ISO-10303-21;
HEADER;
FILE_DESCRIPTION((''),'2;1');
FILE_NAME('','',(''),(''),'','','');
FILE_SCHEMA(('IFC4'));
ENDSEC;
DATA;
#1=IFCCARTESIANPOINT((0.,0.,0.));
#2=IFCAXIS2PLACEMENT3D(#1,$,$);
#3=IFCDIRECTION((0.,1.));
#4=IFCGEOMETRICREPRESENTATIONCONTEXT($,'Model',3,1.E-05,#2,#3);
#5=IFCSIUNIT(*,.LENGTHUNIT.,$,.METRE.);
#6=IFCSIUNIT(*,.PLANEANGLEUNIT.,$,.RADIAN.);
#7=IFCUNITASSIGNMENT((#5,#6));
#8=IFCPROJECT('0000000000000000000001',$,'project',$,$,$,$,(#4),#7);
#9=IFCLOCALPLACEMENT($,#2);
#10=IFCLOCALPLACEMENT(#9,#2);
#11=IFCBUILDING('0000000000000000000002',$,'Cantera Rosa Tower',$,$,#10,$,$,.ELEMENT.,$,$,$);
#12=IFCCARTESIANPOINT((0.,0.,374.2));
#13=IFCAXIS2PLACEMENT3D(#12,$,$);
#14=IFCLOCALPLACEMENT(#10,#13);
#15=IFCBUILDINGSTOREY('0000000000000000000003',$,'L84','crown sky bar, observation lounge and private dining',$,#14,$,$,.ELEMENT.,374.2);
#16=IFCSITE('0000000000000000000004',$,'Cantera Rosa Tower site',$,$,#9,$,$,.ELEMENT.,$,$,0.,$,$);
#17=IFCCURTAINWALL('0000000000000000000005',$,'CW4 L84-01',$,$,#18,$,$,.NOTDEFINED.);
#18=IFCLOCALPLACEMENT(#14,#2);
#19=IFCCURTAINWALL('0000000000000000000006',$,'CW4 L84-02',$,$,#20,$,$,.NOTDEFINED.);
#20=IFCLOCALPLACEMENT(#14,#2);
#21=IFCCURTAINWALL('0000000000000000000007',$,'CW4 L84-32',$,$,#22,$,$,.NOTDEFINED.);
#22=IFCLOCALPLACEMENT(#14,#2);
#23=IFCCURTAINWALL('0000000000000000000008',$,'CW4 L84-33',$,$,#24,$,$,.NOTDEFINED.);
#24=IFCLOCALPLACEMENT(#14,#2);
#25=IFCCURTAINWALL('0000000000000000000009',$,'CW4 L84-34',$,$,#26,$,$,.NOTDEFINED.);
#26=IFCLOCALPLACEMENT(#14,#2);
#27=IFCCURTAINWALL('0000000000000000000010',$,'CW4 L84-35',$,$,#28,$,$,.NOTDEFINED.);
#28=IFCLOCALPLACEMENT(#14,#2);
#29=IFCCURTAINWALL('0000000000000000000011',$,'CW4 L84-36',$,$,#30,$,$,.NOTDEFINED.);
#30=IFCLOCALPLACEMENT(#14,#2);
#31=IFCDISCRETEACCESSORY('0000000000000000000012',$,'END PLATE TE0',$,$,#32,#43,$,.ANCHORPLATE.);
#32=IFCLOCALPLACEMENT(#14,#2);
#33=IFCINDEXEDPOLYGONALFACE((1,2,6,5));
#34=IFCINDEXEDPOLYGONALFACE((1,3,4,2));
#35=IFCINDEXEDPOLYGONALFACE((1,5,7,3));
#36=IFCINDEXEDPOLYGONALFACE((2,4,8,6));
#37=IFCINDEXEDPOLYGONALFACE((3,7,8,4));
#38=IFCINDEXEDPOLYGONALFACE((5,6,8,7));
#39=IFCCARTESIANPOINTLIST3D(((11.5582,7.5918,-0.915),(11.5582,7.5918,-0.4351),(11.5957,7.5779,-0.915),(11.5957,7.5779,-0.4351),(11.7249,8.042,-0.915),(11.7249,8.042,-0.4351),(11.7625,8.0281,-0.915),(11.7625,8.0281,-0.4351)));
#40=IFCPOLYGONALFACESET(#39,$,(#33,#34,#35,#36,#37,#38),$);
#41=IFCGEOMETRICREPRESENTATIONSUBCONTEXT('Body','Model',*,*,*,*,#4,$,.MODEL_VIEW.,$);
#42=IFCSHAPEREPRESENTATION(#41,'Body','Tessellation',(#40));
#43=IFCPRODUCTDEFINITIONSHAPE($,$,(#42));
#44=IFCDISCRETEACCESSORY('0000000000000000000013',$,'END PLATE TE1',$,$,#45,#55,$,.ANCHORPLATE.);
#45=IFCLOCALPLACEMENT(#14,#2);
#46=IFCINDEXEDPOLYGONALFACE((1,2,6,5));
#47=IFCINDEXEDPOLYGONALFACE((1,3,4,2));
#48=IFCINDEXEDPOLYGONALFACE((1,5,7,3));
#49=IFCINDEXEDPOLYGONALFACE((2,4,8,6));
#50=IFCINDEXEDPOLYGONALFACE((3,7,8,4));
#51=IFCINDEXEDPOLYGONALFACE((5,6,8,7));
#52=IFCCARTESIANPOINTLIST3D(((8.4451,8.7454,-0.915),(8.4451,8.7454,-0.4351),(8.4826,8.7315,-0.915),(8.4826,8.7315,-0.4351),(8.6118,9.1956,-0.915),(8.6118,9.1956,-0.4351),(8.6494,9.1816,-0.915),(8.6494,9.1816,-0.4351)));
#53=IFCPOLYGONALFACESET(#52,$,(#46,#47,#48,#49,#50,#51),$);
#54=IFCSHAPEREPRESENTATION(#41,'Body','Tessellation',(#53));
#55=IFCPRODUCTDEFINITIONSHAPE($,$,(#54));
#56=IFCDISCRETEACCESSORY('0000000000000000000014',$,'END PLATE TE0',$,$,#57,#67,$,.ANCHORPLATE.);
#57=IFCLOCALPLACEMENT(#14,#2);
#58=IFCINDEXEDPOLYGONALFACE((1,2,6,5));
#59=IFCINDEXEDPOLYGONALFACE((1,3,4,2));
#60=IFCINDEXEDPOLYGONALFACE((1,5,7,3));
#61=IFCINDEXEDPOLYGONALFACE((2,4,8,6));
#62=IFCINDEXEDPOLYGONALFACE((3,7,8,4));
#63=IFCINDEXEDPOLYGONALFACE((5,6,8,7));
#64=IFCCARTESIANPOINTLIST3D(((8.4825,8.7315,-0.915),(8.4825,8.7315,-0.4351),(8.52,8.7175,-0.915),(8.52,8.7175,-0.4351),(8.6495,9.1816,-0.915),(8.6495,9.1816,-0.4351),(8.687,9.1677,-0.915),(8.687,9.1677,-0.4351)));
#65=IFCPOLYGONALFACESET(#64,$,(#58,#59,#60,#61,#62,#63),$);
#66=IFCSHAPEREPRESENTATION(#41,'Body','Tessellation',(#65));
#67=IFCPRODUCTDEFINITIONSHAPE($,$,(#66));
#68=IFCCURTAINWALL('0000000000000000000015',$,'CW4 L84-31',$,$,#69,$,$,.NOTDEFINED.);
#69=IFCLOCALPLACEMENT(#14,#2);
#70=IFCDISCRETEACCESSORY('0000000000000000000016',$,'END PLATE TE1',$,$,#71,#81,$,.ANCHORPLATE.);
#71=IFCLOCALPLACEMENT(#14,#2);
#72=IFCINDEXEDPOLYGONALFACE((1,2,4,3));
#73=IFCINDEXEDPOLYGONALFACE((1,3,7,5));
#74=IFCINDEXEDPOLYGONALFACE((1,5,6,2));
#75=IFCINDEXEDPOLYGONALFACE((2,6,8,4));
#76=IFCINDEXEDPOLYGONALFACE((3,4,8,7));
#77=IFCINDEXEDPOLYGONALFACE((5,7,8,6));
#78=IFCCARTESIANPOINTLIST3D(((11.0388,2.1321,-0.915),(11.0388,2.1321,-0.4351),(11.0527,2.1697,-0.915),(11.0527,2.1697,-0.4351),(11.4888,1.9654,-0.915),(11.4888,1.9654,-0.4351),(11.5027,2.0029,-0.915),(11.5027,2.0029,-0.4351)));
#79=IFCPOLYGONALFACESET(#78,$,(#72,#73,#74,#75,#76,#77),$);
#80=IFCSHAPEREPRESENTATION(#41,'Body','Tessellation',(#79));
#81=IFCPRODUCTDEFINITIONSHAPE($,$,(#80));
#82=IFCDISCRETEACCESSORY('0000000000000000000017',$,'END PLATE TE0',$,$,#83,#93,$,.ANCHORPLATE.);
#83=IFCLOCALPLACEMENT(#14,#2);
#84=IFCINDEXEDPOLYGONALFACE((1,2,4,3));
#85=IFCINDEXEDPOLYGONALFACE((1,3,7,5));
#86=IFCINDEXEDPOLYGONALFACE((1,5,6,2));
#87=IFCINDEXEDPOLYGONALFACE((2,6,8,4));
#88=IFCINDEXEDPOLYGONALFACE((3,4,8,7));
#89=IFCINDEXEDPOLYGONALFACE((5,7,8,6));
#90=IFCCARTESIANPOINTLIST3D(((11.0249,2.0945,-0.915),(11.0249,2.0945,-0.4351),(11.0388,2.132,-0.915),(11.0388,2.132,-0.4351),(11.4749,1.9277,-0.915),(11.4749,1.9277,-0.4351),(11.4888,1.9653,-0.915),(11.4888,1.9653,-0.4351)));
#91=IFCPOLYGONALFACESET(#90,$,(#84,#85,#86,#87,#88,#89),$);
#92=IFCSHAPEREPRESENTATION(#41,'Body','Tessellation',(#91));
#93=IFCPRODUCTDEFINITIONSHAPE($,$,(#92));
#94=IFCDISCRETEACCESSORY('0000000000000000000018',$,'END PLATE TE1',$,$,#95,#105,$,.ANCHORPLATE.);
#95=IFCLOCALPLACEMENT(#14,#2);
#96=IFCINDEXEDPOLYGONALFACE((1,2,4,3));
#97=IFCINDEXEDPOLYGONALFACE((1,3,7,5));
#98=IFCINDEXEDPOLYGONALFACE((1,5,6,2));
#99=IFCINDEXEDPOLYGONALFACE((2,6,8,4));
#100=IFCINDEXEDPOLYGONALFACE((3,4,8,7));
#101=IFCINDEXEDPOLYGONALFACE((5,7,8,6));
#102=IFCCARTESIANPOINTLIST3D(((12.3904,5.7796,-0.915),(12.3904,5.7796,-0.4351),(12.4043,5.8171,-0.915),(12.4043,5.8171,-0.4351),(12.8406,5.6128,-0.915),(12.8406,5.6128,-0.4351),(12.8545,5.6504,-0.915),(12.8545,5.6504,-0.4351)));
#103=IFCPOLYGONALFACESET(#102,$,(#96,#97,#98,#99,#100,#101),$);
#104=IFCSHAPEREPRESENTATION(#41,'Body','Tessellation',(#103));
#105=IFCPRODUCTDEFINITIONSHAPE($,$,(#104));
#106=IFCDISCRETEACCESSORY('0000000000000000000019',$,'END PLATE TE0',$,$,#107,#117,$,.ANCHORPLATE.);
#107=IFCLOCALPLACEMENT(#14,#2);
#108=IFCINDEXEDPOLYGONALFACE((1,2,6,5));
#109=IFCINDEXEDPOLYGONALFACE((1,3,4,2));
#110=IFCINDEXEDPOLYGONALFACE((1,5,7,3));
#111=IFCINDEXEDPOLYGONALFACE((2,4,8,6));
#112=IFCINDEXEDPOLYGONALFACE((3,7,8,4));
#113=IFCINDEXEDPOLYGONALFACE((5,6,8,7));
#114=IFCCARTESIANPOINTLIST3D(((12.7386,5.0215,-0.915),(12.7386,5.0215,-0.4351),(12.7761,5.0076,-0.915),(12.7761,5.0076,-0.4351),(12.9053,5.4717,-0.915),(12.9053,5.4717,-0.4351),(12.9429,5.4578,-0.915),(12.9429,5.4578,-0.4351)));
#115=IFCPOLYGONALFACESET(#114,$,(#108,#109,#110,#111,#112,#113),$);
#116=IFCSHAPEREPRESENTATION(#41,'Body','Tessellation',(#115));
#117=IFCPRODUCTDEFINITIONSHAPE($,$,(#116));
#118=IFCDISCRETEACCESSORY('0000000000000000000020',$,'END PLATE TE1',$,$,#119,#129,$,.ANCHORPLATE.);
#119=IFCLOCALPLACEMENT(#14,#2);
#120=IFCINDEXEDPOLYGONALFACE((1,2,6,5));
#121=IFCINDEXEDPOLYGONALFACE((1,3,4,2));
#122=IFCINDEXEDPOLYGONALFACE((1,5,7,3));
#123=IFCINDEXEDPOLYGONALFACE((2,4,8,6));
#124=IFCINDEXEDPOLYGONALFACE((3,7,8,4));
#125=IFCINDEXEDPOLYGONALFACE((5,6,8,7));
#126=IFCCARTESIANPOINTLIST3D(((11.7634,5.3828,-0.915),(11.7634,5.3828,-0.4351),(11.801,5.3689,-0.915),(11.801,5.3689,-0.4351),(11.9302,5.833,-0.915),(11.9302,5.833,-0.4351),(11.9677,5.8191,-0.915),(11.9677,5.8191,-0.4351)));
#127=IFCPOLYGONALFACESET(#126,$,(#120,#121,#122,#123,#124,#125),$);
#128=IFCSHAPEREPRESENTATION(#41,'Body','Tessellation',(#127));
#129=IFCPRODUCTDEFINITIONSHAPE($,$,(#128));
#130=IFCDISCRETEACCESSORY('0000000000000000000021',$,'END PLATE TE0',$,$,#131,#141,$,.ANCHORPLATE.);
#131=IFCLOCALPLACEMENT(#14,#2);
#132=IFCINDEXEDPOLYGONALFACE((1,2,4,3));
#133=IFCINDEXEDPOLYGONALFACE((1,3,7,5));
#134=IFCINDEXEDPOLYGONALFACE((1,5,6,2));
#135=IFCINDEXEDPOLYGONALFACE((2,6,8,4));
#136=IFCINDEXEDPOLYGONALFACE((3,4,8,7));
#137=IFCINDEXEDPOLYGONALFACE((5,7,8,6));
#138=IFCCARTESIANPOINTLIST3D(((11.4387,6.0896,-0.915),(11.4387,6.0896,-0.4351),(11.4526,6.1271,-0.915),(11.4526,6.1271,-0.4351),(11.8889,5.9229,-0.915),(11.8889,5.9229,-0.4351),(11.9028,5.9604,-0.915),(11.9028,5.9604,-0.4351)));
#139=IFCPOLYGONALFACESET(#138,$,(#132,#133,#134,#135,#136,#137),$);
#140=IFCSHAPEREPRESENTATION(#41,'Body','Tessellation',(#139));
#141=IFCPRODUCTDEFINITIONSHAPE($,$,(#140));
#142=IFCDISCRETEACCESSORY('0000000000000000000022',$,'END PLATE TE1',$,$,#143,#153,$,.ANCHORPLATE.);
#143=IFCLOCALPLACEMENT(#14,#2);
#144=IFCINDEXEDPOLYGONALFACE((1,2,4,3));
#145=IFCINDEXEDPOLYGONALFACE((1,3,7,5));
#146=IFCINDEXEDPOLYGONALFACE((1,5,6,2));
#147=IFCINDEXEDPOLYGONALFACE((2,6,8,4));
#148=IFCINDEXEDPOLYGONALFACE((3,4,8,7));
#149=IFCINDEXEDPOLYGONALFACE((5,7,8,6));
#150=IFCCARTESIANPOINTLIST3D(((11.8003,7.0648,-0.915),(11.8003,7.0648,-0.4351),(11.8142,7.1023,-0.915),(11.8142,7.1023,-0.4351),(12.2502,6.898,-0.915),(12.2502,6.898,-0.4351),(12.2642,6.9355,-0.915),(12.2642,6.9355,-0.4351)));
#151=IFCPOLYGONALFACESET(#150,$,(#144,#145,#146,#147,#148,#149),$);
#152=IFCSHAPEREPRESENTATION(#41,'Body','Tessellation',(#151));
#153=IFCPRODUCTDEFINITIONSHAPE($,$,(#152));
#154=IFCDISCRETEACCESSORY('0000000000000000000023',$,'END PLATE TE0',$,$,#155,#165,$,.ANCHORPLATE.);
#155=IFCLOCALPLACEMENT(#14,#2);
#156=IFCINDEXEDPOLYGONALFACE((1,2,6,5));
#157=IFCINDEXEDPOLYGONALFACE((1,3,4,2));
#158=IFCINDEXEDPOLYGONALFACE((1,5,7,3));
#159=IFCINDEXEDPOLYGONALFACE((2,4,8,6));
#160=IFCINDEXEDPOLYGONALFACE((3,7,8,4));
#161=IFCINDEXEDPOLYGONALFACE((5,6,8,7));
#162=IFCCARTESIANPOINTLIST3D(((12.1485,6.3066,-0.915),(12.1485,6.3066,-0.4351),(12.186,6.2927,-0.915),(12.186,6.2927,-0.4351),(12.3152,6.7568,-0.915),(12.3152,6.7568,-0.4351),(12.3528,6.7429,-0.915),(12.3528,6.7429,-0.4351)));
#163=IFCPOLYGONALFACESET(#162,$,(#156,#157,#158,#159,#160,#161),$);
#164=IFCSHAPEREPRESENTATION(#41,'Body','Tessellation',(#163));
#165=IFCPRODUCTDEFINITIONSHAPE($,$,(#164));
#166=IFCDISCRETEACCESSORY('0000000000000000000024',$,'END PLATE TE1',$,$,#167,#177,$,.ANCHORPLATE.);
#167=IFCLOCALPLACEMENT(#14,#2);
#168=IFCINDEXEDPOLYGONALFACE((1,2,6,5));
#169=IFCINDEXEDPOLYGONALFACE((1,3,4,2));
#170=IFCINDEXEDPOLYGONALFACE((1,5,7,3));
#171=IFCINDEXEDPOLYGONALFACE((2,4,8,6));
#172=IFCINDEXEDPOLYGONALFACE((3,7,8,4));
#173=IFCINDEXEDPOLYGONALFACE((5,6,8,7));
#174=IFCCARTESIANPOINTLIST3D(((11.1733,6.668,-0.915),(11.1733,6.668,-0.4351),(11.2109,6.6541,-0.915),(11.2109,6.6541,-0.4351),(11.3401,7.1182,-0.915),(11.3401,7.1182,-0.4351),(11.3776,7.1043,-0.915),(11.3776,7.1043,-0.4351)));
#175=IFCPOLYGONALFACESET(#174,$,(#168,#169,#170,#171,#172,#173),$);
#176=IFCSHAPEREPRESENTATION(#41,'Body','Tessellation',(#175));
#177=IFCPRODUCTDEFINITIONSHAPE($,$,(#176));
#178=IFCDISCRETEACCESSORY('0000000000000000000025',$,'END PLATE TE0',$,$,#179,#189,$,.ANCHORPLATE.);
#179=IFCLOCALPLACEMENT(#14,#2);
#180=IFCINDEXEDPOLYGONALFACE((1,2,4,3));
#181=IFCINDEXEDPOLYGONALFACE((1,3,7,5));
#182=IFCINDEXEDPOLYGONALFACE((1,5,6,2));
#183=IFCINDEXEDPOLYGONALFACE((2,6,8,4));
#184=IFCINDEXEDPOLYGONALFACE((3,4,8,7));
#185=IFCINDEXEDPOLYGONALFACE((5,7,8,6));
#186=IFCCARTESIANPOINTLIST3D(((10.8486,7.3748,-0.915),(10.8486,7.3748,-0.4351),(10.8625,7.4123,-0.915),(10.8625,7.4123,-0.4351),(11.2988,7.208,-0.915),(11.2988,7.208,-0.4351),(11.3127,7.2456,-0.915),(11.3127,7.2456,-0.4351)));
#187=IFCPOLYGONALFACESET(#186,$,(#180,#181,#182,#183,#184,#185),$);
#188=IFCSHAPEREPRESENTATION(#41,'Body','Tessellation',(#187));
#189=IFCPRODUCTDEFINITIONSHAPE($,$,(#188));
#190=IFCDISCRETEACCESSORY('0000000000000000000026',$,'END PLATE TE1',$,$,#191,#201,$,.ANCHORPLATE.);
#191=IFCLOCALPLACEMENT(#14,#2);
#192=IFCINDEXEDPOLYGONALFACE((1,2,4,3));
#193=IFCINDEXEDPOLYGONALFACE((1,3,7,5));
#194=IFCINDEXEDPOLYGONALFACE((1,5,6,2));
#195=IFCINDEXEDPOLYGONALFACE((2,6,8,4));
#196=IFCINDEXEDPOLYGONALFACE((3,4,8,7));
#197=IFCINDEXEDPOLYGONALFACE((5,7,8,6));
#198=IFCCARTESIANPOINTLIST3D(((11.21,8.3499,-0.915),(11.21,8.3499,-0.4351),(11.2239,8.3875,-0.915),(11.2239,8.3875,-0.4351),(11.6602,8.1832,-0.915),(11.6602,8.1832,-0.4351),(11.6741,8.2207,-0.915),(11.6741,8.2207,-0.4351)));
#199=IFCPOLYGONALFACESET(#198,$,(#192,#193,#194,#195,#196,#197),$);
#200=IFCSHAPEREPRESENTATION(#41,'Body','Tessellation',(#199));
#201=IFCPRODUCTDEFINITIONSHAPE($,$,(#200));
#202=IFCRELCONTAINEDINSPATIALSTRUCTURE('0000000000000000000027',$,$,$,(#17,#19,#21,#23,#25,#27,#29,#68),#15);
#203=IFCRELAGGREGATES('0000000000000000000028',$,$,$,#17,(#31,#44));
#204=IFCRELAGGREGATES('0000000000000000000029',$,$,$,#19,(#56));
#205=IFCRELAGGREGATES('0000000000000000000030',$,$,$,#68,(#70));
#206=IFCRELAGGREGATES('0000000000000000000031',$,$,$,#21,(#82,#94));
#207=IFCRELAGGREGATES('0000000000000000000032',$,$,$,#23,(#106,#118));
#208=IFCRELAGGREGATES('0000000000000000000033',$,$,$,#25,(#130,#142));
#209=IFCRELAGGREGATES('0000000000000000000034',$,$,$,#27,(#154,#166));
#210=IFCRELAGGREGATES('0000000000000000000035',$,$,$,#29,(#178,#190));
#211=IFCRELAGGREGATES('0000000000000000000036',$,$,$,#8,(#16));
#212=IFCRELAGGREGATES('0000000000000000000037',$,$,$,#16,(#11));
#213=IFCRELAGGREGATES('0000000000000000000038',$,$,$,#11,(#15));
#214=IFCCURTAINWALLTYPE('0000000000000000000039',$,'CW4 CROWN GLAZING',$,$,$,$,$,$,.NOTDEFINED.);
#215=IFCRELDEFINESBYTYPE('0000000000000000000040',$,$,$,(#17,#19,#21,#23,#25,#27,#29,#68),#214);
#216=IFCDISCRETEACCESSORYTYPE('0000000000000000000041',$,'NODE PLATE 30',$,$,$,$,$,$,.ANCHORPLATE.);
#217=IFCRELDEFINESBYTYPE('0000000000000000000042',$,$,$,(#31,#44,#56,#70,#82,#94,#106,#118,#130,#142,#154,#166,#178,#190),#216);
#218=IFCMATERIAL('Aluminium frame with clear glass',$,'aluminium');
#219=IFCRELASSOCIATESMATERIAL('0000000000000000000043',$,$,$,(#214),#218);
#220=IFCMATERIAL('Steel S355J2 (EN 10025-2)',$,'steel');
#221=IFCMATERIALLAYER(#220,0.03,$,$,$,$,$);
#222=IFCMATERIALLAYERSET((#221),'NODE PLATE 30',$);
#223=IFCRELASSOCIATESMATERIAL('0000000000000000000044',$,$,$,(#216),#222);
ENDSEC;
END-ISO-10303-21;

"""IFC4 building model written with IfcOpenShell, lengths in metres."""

from ifc_helpers import new_model, si_unit, direction, frame, origin, place, context, subcontext, project, spatial, polyline, outline, extrude, material, layer, layer_set, type_object, element, aggregate, save


model = new_model("IFC4")

# Units and contexts
model_context = context("Model", 3, precision=1e-05, world=origin(), true_north=direction((0.0, 1.0)))
body_context = subcontext(model_context, "Body", "Model", "MODEL_VIEW")
ifc_project = project(units=[si_unit("LENGTHUNIT", "METRE"), si_unit("PLANEANGLEUNIT", "RADIAN")], contexts=[model_context])

# Site, building, storey
site_placement = place(None, origin())
site = spatial("IfcSite", under=ifc_project, at=site_placement, Name="Cantera Rosa Tower site", CompositionType="ELEMENT", RefElevation=0.0)
building_placement = place(site_placement, origin())
building = spatial("IfcBuilding", under=site, at=building_placement, Name="Cantera Rosa Tower", CompositionType="ELEMENT")
storey_placement = place(building_placement, frame((0.0, 0.0, 374.2)))
storey = spatial("IfcBuildingStorey", under=building, at=storey_placement, Name="L84", Description="crown sky bar, observation lounge and private dining", CompositionType="ELEMENT", Elevation=374.2)

# Curtain walls
ifc_material_1 = material(Name="Aluminium frame with clear glass", Category="aluminium")
curtain_wall_type = type_object("IfcCurtainWallType", Name="CW4 CROWN GLAZING", PredefinedType="NOTDEFINED", material=ifc_material_1)
curtain_wall_1_placement = place(storey_placement, origin())
curtain_wall_1 = element("IfcCurtainWall", 1, at=curtain_wall_1_placement, inside=storey, type_object=curtain_wall_type, Name="CW4 L84-01", PredefinedType="NOTDEFINED")
curtain_wall_2_placement = place(storey_placement, origin())
curtain_wall_2 = element("IfcCurtainWall", 2, at=curtain_wall_2_placement, inside=storey, type_object=curtain_wall_type, Name="CW4 L84-02", PredefinedType="NOTDEFINED")
curtain_wall_3_placement = place(storey_placement, origin())
curtain_wall_3 = element("IfcCurtainWall", 3, at=curtain_wall_3_placement, inside=storey, type_object=curtain_wall_type, Name="CW4 L84-32", PredefinedType="NOTDEFINED")
curtain_wall_4_placement = place(storey_placement, origin())
curtain_wall_4 = element("IfcCurtainWall", 4, at=curtain_wall_4_placement, inside=storey, type_object=curtain_wall_type, Name="CW4 L84-33", PredefinedType="NOTDEFINED")
curtain_wall_5_placement = place(storey_placement, origin())
curtain_wall_5 = element("IfcCurtainWall", 5, at=curtain_wall_5_placement, inside=storey, type_object=curtain_wall_type, Name="CW4 L84-34", PredefinedType="NOTDEFINED")
curtain_wall_6_placement = place(storey_placement, origin())
curtain_wall_6 = element("IfcCurtainWall", 6, at=curtain_wall_6_placement, inside=storey, type_object=curtain_wall_type, Name="CW4 L84-35", PredefinedType="NOTDEFINED")
curtain_wall_7_placement = place(storey_placement, origin())
curtain_wall_7 = element("IfcCurtainWall", 7, at=curtain_wall_7_placement, inside=storey, type_object=curtain_wall_type, Name="CW4 L84-36", PredefinedType="NOTDEFINED")

# Discrete accessories
ifc_material_2 = material(Name="Steel S355J2 (EN 10025-2)", Category="steel")
ifc_layer_1 = layer(ifc_material_2, 0.03)
ifc_layer_set_1 = layer_set([ifc_layer_1], Name="NODE PLATE 30")
discrete_accessory_type = type_object("IfcDiscreteAccessoryType", Name="NODE PLATE 30", PredefinedType="ANCHORPLATE", material=ifc_layer_set_1)
discrete_accessory_1_placement = place(storey_placement, frame((11.7625, 8.0281, -0.4351), z_axis=(0.937743, -0.347331, 0.0), x_axis=(-0.347331, -0.937743, 0.0)))
discrete_accessory_1 = element("IfcDiscreteAccessory", 8, at=discrete_accessory_1_placement, type_object=discrete_accessory_type, Name="END PLATE TE0", PredefinedType="ANCHORPLATE", context=body_context, shape_type="SweptSolid", body=[
    extrude(outline(polyline([(0.0, 0.0), (0.4801, 0.0), (0.4801, 0.48), (0.0, 0.48), (0.0, 0.0)])), origin(), (0.0, 0.0, -1.0), 0.04),
])
discrete_accessory_2_placement = place(storey_placement, frame((8.4451, 8.7454, -0.4351), z_axis=(-0.937743, 0.347331, 0.0), x_axis=(0.347331, 0.937743, 0.0)))
discrete_accessory_2 = element("IfcDiscreteAccessory", 9, at=discrete_accessory_2_placement, type_object=discrete_accessory_type, Name="END PLATE TE1", PredefinedType="ANCHORPLATE", context=body_context, shape_type="SweptSolid", body=[
    extrude(outline(polyline([(0.0, 0.0), (0.4801, 0.0), (0.4801, 0.48), (0.0, 0.48), (0.0, 0.0)])), origin(), (0.0, 0.0, -1.0), 0.04),
])
aggregate(curtain_wall_1, [discrete_accessory_1, discrete_accessory_2])
discrete_accessory_3_placement = place(storey_placement, frame((8.687, 9.1677, -0.4351), z_axis=(0.937577, -0.347778, 0.0), x_axis=(-0.347778, -0.937577, 0.0)))
discrete_accessory_3 = element("IfcDiscreteAccessory", 10, at=discrete_accessory_3_placement, type_object=discrete_accessory_type, Name="END PLATE TE0", PredefinedType="ANCHORPLATE", context=body_context, shape_type="SweptSolid", body=[
    extrude(outline(polyline([(0.0, 0.0), (0.4802, 0.0), (0.4802, 0.48), (0.0, 0.48), (0.0, 0.0)])), origin(), (0.0, 0.0, -1.0), 0.04),
])
aggregate(curtain_wall_2, [discrete_accessory_3])

# Curtain wall, discrete accessory
curtain_wall_8_placement = place(storey_placement, origin())
curtain_wall_8 = element("IfcCurtainWall", 11, at=curtain_wall_8_placement, inside=storey, type_object=curtain_wall_type, Name="CW4 L84-31", PredefinedType="NOTDEFINED")
discrete_accessory_4_placement = place(storey_placement, frame((11.0527, 2.1697, -0.4351), z_axis=(0.347497, 0.937681, 0.0), x_axis=(0.937681, -0.347497, 0.0)))
discrete_accessory_4 = element("IfcDiscreteAccessory", 12, at=discrete_accessory_4_placement, type_object=discrete_accessory_type, Name="END PLATE TE1", PredefinedType="ANCHORPLATE", context=body_context, shape_type="SweptSolid", body=[
    extrude(outline(polyline([(0.0, 0.0), (0.4799, 0.0), (0.4799, 0.48), (0.0, 0.48), (0.0, 0.0)])), origin(), (0.0, 0.0, -1.0), 0.04),
])
aggregate(curtain_wall_8, [discrete_accessory_4])

# Discrete accessories
discrete_accessory_5_placement = place(storey_placement, frame((11.4749, 1.9277, -0.4351), z_axis=(-0.347497, -0.937681, 0.0), x_axis=(-0.937681, 0.347497, 0.0)))
discrete_accessory_5 = element("IfcDiscreteAccessory", 13, at=discrete_accessory_5_placement, type_object=discrete_accessory_type, Name="END PLATE TE0", PredefinedType="ANCHORPLATE", context=body_context, shape_type="SweptSolid", body=[
    extrude(outline(polyline([(0.0, 0.0), (0.4799, 0.0), (0.4799, 0.48), (0.0, 0.48), (0.0, 0.0)])), origin(), (0.0, 0.0, -1.0), 0.04),
])
discrete_accessory_6_placement = place(storey_placement, frame((12.4043, 5.8171, -0.4351), z_axis=(0.347331, 0.937743, 0.0), x_axis=(0.937743, -0.347331, 0.0)))
discrete_accessory_6 = element("IfcDiscreteAccessory", 14, at=discrete_accessory_6_placement, type_object=discrete_accessory_type, Name="END PLATE TE1", PredefinedType="ANCHORPLATE", context=body_context, shape_type="SweptSolid", body=[
    extrude(outline(polyline([(0.0, 0.0), (0.4801, 0.0), (0.4801, 0.48), (0.0, 0.48), (0.0, 0.0)])), origin(), (0.0, 0.0, -1.0), 0.04),
])
aggregate(curtain_wall_3, [discrete_accessory_5, discrete_accessory_6])
discrete_accessory_7_placement = place(storey_placement, frame((12.9429, 5.4578, -0.4351), z_axis=(0.937743, -0.347331, 0.0), x_axis=(-0.347331, -0.937743, 0.0)))
discrete_accessory_7 = element("IfcDiscreteAccessory", 15, at=discrete_accessory_7_placement, type_object=discrete_accessory_type, Name="END PLATE TE0", PredefinedType="ANCHORPLATE", context=body_context, shape_type="SweptSolid", body=[
    extrude(outline(polyline([(0.0, 0.0), (0.4801, 0.0), (0.4801, 0.48), (0.0, 0.48), (0.0, 0.0)])), origin(), (0.0, 0.0, -1.0), 0.04),
])
discrete_accessory_8_placement = place(storey_placement, frame((11.7634, 5.3828, -0.4351), z_axis=(-0.937743, 0.347331, 0.0), x_axis=(0.347331, 0.937743, 0.0)))
discrete_accessory_8 = element("IfcDiscreteAccessory", 16, at=discrete_accessory_8_placement, type_object=discrete_accessory_type, Name="END PLATE TE1", PredefinedType="ANCHORPLATE", context=body_context, shape_type="SweptSolid", body=[
    extrude(outline(polyline([(0.0, 0.0), (0.4801, 0.0), (0.4801, 0.48), (0.0, 0.48), (0.0, 0.0)])), origin(), (0.0, 0.0, -1.0), 0.04),
])
aggregate(curtain_wall_4, [discrete_accessory_7, discrete_accessory_8])
discrete_accessory_9_placement = place(storey_placement, frame((11.8889, 5.9229, -0.4351), z_axis=(-0.347331, -0.937743, 0.0), x_axis=(-0.937743, 0.347331, 0.0)))
discrete_accessory_9 = element("IfcDiscreteAccessory", 17, at=discrete_accessory_9_placement, type_object=discrete_accessory_type, Name="END PLATE TE0", PredefinedType="ANCHORPLATE", context=body_context, shape_type="SweptSolid", body=[
    extrude(outline(polyline([(0.0, 0.0), (0.4801, 0.0), (0.4801, 0.48), (0.0, 0.48), (0.0, 0.0)])), origin(), (0.0, 0.0, -1.0), 0.04),
])
discrete_accessory_10_placement = place(storey_placement, frame((11.8142, 7.1023, -0.4351), z_axis=(0.347497, 0.937681, 0.0), x_axis=(0.937681, -0.347497, 0.0)))
discrete_accessory_10 = element("IfcDiscreteAccessory", 18, at=discrete_accessory_10_placement, type_object=discrete_accessory_type, Name="END PLATE TE1", PredefinedType="ANCHORPLATE", context=body_context, shape_type="SweptSolid", body=[
    extrude(outline(polyline([(0.0, 0.0), (0.4799, 0.0), (0.4799, 0.48), (0.0, 0.48), (0.0, 0.0)])), origin(), (0.0, 0.0, -1.0), 0.04),
])
aggregate(curtain_wall_5, [discrete_accessory_9, discrete_accessory_10])
discrete_accessory_11_placement = place(storey_placement, frame((12.3528, 6.7429, -0.4351), z_axis=(0.937743, -0.347331, 0.0), x_axis=(-0.347331, -0.937743, 0.0)))
discrete_accessory_11 = element("IfcDiscreteAccessory", 19, at=discrete_accessory_11_placement, type_object=discrete_accessory_type, Name="END PLATE TE0", PredefinedType="ANCHORPLATE", context=body_context, shape_type="SweptSolid", body=[
    extrude(outline(polyline([(0.0, 0.0), (0.4801, 0.0), (0.4801, 0.48), (0.0, 0.48), (0.0, 0.0)])), origin(), (0.0, 0.0, -1.0), 0.04),
])
discrete_accessory_12_placement = place(storey_placement, frame((11.1733, 6.668, -0.4351), z_axis=(-0.937743, 0.347331, 0.0), x_axis=(0.347331, 0.937743, 0.0)))
discrete_accessory_12 = element("IfcDiscreteAccessory", 20, at=discrete_accessory_12_placement, type_object=discrete_accessory_type, Name="END PLATE TE1", PredefinedType="ANCHORPLATE", context=body_context, shape_type="SweptSolid", body=[
    extrude(outline(polyline([(0.0, 0.0), (0.4801, 0.0), (0.4801, 0.48), (0.0, 0.48), (0.0, 0.0)])), origin(), (0.0, 0.0, -1.0), 0.04),
])
aggregate(curtain_wall_6, [discrete_accessory_11, discrete_accessory_12])
discrete_accessory_13_placement = place(storey_placement, frame((11.2988, 7.208, -0.4351), z_axis=(-0.347331, -0.937743, 0.0), x_axis=(-0.937743, 0.347331, 0.0)))
discrete_accessory_13 = element("IfcDiscreteAccessory", 21, at=discrete_accessory_13_placement, type_object=discrete_accessory_type, Name="END PLATE TE0", PredefinedType="ANCHORPLATE", context=body_context, shape_type="SweptSolid", body=[
    extrude(outline(polyline([(0.0, 0.0), (0.4801, 0.0), (0.4801, 0.48), (0.0, 0.48), (0.0, 0.0)])), origin(), (0.0, 0.0, -1.0), 0.04),
])
discrete_accessory_14_placement = place(storey_placement, frame((11.2239, 8.3875, -0.4351), z_axis=(0.347331, 0.937743, 0.0), x_axis=(0.937743, -0.347331, 0.0)))
discrete_accessory_14 = element("IfcDiscreteAccessory", 22, at=discrete_accessory_14_placement, type_object=discrete_accessory_type, Name="END PLATE TE1", PredefinedType="ANCHORPLATE", context=body_context, shape_type="SweptSolid", body=[
    extrude(outline(polyline([(0.0, 0.0), (0.4801, 0.0), (0.4801, 0.48), (0.0, 0.48), (0.0, 0.0)])), origin(), (0.0, 0.0, -1.0), 0.04),
])
aggregate(curtain_wall_7, [discrete_accessory_13, discrete_accessory_14])

save(model, "model.ifc")
